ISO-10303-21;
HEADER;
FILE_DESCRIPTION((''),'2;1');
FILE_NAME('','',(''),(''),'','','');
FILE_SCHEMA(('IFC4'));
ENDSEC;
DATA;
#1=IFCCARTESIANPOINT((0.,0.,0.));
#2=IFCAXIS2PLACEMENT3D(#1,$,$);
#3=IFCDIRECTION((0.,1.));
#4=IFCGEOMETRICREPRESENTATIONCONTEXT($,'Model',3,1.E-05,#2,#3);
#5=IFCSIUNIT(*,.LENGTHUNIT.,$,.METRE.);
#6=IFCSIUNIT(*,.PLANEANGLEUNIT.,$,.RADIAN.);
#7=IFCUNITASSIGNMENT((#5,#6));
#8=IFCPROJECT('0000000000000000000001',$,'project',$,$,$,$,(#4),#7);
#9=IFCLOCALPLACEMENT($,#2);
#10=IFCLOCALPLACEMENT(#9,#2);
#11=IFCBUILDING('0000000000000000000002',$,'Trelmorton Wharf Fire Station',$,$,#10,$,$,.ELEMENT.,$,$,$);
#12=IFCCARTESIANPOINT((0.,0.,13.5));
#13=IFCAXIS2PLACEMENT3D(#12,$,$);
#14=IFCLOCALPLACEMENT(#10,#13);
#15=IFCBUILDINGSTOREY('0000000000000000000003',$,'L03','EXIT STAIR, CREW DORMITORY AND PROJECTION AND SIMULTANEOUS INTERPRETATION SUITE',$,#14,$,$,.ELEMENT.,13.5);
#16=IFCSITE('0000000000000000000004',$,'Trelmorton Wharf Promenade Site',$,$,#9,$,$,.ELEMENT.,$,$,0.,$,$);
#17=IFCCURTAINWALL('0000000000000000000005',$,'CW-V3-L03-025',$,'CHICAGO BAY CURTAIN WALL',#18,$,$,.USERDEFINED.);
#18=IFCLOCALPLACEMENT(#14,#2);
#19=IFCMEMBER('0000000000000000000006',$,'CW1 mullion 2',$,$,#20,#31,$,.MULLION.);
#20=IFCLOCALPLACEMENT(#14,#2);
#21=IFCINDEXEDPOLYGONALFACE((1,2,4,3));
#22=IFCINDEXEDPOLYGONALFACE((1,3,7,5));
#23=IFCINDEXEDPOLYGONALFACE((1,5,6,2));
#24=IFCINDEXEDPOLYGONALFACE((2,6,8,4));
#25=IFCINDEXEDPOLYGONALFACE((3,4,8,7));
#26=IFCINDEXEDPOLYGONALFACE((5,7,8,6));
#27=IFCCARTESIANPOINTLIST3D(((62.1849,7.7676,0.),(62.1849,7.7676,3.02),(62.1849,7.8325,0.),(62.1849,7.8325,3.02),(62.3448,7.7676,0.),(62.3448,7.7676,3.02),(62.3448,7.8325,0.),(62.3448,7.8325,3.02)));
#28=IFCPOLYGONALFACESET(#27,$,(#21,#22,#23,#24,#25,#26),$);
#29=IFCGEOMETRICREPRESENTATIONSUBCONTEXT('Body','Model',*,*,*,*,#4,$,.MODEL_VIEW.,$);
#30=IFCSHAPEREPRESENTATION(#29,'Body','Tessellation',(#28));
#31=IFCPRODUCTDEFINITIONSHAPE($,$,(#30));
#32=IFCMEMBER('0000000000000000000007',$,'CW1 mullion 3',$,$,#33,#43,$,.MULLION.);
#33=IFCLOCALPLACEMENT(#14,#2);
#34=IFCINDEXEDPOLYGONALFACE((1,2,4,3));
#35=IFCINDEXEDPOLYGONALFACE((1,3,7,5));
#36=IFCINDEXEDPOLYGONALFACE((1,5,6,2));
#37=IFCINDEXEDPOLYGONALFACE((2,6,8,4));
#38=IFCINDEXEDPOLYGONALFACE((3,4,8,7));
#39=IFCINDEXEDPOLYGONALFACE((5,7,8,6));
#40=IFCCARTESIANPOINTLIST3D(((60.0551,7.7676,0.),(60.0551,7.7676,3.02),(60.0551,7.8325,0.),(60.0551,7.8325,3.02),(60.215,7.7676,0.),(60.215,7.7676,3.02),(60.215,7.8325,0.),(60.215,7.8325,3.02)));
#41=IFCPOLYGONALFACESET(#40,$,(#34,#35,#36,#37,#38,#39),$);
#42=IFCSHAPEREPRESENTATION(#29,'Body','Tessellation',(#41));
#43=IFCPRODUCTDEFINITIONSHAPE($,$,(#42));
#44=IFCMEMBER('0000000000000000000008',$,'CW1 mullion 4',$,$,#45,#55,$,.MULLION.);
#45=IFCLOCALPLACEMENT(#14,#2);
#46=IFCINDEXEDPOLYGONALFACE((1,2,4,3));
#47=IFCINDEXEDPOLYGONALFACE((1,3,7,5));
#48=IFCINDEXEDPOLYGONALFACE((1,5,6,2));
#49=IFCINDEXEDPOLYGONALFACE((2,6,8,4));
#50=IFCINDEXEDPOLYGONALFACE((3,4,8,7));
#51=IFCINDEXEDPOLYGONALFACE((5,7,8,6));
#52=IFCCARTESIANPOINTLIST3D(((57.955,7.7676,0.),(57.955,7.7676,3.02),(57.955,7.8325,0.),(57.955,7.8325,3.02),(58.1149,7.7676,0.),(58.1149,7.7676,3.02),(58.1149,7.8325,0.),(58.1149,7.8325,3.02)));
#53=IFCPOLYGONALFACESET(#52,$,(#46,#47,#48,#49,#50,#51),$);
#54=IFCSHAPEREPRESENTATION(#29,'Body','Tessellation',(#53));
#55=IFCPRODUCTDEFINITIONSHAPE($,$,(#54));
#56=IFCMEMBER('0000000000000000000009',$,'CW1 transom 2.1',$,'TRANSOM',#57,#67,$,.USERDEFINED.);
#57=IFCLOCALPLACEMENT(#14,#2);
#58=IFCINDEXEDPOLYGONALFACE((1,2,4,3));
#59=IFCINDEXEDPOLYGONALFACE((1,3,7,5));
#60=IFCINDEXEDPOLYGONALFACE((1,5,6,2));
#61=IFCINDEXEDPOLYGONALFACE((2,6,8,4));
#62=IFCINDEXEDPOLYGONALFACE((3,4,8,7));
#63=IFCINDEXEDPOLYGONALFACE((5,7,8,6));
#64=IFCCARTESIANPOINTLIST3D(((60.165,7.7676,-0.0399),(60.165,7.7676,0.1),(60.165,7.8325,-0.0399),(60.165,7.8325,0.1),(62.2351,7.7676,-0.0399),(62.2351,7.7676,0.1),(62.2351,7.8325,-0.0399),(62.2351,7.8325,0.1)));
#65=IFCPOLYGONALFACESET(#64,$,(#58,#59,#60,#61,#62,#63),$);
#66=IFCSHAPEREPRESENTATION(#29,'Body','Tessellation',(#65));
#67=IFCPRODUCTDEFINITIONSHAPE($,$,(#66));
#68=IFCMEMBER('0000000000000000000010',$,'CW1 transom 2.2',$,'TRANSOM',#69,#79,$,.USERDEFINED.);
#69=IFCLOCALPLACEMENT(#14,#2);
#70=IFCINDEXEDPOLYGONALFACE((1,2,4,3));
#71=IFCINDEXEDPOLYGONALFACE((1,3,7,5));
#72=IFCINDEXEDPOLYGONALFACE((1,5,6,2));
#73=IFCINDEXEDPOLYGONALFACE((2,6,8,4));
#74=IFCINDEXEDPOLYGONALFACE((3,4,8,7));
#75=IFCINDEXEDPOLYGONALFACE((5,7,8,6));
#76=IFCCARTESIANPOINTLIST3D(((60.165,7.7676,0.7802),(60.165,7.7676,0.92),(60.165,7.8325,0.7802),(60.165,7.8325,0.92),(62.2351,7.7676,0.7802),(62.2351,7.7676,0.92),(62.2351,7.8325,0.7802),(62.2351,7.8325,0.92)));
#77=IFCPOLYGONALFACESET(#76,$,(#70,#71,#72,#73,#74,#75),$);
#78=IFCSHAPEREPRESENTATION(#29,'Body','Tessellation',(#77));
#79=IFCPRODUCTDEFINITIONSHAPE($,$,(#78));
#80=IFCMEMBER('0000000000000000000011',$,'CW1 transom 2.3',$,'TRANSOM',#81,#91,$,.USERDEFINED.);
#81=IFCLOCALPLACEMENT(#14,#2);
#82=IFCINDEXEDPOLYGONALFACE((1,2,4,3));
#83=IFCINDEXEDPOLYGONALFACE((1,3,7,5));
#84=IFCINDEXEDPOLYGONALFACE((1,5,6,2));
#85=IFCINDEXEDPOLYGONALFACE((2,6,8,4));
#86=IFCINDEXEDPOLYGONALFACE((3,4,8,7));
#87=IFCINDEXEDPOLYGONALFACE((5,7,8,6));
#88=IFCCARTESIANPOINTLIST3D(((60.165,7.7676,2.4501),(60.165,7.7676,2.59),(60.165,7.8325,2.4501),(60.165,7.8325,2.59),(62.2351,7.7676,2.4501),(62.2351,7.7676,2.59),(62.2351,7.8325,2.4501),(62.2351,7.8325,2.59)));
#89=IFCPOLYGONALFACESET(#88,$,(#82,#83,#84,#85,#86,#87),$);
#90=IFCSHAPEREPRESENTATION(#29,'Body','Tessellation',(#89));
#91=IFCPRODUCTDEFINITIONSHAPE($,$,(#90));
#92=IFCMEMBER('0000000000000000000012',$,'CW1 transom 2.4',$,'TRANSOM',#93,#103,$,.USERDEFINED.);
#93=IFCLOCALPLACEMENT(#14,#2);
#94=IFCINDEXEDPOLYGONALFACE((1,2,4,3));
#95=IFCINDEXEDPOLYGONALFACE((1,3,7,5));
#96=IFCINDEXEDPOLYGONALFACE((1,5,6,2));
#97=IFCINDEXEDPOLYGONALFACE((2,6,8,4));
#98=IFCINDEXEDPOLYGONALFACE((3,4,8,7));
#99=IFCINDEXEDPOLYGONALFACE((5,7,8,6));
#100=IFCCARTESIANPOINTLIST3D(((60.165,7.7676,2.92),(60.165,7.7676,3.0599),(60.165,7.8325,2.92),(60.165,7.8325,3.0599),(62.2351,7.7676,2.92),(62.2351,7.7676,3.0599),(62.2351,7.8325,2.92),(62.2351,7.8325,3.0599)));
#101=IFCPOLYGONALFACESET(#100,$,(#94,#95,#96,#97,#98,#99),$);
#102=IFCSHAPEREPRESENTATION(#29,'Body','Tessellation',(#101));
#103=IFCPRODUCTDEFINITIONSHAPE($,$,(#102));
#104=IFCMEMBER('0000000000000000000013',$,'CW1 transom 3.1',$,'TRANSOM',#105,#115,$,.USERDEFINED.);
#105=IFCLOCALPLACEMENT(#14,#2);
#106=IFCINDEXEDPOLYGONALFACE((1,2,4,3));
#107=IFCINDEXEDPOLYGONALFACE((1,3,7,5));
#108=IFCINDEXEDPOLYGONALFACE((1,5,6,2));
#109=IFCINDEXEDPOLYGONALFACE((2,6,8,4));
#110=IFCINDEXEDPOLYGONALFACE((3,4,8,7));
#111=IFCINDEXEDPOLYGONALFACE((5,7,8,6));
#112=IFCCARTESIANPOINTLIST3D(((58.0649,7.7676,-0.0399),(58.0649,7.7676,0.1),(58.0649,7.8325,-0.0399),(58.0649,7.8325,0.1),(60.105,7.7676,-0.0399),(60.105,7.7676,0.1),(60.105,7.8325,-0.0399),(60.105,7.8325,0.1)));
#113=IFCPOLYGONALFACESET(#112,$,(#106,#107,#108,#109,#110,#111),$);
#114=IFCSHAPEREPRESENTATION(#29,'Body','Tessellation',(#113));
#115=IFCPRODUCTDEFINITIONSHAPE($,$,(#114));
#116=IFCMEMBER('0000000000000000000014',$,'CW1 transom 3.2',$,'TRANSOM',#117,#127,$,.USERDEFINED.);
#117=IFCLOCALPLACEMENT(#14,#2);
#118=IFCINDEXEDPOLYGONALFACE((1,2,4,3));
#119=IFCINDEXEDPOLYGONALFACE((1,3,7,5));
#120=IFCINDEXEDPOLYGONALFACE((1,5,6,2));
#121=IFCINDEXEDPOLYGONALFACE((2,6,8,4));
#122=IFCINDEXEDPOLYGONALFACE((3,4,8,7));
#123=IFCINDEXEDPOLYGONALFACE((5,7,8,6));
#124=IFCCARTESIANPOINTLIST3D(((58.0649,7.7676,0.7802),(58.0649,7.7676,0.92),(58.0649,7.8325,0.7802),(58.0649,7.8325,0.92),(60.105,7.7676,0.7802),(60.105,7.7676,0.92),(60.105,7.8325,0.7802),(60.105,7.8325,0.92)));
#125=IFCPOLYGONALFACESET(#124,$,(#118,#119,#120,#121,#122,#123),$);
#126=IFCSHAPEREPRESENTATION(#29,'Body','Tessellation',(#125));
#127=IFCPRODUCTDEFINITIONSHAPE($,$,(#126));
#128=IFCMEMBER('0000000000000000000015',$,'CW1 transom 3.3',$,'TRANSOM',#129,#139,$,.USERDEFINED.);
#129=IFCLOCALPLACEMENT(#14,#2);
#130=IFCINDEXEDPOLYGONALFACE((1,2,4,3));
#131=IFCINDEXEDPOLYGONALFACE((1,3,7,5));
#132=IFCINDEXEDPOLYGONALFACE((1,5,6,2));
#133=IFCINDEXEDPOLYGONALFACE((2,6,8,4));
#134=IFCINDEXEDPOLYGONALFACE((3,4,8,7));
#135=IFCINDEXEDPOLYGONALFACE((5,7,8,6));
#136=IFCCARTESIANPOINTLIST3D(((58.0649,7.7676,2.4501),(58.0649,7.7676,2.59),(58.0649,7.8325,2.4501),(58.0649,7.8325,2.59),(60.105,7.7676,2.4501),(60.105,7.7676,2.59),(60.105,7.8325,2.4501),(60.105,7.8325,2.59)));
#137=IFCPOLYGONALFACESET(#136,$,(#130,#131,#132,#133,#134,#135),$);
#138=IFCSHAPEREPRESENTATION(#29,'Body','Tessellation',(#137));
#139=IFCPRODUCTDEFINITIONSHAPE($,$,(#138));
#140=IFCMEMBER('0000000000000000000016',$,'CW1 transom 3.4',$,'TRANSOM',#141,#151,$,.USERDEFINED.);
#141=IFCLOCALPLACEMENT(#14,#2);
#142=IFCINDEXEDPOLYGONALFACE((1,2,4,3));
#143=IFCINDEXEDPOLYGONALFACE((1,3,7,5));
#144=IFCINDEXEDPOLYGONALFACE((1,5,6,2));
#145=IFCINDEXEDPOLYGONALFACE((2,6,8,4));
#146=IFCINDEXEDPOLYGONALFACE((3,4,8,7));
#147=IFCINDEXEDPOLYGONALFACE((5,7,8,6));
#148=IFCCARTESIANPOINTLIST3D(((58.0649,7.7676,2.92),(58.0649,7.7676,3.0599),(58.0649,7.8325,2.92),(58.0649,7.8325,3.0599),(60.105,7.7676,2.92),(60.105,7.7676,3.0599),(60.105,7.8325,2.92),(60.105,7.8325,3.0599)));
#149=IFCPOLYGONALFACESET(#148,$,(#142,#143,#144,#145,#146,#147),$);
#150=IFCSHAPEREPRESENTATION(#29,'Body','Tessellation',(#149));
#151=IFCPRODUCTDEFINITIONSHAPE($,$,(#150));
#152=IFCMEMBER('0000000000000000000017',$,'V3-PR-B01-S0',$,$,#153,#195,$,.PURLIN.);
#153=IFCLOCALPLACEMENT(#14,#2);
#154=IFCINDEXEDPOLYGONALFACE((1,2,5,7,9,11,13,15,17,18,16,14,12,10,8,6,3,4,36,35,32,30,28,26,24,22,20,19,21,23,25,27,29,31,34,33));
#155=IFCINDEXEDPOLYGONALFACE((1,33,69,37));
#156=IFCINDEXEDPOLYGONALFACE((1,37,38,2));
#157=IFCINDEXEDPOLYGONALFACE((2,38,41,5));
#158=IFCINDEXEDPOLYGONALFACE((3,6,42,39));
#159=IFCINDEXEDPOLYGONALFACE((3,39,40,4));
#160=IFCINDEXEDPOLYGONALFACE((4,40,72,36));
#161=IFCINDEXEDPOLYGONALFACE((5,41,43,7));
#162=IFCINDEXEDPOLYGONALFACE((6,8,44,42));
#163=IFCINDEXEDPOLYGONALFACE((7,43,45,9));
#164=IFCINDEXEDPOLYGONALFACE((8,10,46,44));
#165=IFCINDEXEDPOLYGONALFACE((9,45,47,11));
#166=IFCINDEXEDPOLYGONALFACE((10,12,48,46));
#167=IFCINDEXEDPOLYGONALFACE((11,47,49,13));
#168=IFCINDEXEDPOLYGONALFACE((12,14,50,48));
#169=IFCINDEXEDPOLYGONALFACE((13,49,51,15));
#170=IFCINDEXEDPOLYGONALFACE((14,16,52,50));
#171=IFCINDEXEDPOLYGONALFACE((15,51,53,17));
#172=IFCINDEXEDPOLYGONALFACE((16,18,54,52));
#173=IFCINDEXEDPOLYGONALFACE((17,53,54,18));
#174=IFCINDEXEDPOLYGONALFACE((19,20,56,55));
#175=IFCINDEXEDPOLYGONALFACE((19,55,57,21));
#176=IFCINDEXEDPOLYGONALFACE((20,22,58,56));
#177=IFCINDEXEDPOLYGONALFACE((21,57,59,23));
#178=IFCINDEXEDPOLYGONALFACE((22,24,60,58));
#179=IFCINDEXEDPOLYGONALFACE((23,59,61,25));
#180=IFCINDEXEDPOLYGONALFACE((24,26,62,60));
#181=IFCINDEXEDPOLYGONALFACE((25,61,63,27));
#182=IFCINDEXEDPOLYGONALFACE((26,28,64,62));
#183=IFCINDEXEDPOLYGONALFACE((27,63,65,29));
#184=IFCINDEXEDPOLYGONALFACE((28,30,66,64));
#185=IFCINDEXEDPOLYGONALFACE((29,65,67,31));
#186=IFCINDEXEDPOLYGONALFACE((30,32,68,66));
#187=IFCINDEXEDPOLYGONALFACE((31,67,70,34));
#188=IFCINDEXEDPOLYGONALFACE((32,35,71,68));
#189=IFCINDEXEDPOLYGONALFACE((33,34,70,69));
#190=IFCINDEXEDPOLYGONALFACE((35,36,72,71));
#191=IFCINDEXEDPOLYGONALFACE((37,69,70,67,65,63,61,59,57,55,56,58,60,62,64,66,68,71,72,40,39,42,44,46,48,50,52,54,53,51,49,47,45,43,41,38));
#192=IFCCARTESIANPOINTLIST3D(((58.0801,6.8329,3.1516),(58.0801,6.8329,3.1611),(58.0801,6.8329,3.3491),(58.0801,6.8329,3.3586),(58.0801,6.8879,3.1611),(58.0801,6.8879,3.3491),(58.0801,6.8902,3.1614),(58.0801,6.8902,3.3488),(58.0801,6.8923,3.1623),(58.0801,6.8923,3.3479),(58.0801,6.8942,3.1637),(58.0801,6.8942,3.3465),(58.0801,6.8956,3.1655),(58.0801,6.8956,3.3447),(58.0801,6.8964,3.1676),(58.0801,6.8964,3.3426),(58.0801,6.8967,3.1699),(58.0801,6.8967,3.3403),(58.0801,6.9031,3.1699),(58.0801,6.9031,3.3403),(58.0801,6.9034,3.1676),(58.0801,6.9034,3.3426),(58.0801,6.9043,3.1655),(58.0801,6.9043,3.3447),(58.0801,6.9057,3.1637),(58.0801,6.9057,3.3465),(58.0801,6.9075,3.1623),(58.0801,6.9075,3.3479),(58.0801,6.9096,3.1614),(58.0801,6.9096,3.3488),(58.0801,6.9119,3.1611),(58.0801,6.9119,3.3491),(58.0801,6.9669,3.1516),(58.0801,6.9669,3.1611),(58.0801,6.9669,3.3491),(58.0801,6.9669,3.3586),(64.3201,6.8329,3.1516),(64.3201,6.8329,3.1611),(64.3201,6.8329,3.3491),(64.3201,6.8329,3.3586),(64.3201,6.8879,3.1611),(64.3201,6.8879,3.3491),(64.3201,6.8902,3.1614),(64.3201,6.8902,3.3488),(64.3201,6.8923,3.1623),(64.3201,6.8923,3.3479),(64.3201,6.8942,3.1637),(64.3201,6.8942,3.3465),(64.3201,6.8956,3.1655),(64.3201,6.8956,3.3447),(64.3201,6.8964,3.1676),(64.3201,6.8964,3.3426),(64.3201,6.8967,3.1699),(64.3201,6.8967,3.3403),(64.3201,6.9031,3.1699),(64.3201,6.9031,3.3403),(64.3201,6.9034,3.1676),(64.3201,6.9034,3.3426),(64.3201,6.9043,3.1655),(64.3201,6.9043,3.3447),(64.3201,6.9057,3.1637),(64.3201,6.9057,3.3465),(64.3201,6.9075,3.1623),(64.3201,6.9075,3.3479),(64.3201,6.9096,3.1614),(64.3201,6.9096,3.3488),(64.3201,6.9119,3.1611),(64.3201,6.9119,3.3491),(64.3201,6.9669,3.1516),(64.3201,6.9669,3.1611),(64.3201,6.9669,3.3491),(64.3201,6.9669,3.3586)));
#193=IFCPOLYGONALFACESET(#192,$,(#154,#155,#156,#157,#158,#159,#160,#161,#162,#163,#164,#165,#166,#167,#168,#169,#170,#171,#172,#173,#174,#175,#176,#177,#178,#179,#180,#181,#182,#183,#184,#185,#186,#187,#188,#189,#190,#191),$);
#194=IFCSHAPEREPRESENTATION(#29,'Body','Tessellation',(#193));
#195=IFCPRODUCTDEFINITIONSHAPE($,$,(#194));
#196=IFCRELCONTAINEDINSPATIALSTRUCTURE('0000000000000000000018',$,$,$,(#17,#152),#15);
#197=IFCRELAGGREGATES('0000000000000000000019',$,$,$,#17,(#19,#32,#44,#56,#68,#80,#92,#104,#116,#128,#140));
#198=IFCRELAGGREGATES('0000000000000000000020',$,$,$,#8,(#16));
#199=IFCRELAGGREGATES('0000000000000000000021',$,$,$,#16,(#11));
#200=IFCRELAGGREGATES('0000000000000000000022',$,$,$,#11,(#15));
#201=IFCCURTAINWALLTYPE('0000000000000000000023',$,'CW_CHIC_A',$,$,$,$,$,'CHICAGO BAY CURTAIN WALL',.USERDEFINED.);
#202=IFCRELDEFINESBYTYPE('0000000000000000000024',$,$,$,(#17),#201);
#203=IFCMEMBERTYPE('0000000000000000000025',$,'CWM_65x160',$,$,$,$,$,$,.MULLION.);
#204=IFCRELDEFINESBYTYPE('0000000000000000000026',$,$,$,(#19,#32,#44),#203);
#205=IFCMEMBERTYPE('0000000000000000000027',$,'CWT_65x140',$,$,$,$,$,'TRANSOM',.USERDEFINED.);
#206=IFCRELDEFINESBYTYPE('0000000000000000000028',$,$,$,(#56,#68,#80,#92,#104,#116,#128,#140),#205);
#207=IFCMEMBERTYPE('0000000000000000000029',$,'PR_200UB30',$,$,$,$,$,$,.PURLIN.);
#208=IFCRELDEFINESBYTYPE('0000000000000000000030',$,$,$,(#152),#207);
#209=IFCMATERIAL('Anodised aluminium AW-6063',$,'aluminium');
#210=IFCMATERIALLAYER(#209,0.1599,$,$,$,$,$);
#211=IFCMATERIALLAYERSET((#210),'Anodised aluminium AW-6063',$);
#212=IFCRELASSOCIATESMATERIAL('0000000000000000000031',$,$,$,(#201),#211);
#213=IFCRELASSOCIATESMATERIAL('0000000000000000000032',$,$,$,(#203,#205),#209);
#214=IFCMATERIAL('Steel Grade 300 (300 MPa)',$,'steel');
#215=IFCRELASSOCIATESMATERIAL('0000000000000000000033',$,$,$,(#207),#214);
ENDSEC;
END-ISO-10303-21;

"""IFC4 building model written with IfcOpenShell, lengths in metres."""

from ifc_helpers import new_model, si_unit, direction, frame, origin, origin_2d, place, context, subcontext, project, spatial, rectangle, i_section, extrude, material, layer, layer_set, material_profile, profile_set, type_object, element, aggregate, save


model = new_model("IFC4")

# Units and contexts
model_context = context("Model", 3, precision=1e-05, world=origin(), true_north=direction((0.0, 1.0)))
body_context = subcontext(model_context, "Body", "Model", "MODEL_VIEW")
ifc_project = project(units=[si_unit("LENGTHUNIT", "METRE"), si_unit("PLANEANGLEUNIT", "RADIAN")], contexts=[model_context])

# Site, building, storey
site_placement = place(None, origin())
site = spatial("IfcSite", under=ifc_project, at=site_placement, Name="Trelmorton Wharf Promenade Site", CompositionType="ELEMENT", RefElevation=0.0)
building_placement = place(site_placement, origin())
building = spatial("IfcBuilding", under=site, at=building_placement, Name="Trelmorton Wharf Fire Station", CompositionType="ELEMENT")
storey_placement = place(building_placement, frame((0.0, 0.0, 13.5)))
storey = spatial("IfcBuildingStorey", under=building, at=storey_placement, Name="L03", Description="EXIT STAIR, CREW DORMITORY AND PROJECTION AND SIMULTANEOUS INTERPRETATION SUITE", CompositionType="ELEMENT", Elevation=13.5)

# Curtain wall, members
ifc_material_1 = material(Name="Anodised aluminium AW-6063", Category="aluminium")
ifc_layer_1 = layer(ifc_material_1, 0.1599)
ifc_layer_set_1 = layer_set([ifc_layer_1], Name="Anodised aluminium AW-6063")
curtain_wall_type = type_object("IfcCurtainWallType", Name="CW_CHIC_A", ElementType="CHICAGO BAY CURTAIN WALL", PredefinedType="USERDEFINED", material=ifc_layer_set_1)
curtain_wall_placement = place(storey_placement, origin())
curtain_wall = element("IfcCurtainWall", 1, at=curtain_wall_placement, inside=storey, type_object=curtain_wall_type, Name="CW-V3-L03-025", ObjectType="CHICAGO BAY CURTAIN WALL", PredefinedType="USERDEFINED")
ifc_material_profile_1 = material_profile(ifc_material_1, rectangle(XDim=0.0649, YDim=0.1599, at=origin_2d()), Name="ALU-65x160")
ifc_profile_set_1 = profile_set([ifc_material_profile_1], Name="Anodised aluminium AW-6063")
member_type_1 = type_object("IfcMemberType", Name="CWM_65x160", PredefinedType="MULLION", material=ifc_profile_set_1)
member_1_placement = place(storey_placement, frame((62.2649, 7.8, 0.0), z_axis=(0.0, 0.0, 1.0), x_axis=(0.0, -1.0, 0.0)))
member_1 = element("IfcMember", 2, at=member_1_placement, type_object=member_type_1, Name="CW1 mullion 2", PredefinedType="MULLION", context=body_context, shape_type="SweptSolid", body=[
    extrude(rectangle(XDim=0.0649, YDim=0.1599, at=origin_2d()), origin(), (0.0, 0.0, 1.0), 3.02),
])
member_2_placement = place(storey_placement, frame((60.135, 7.8, 0.0), z_axis=(0.0, 0.0, 1.0), x_axis=(0.0, -1.0, 0.0)))
member_2 = element("IfcMember", 3, at=member_2_placement, type_object=member_type_1, Name="CW1 mullion 3", PredefinedType="MULLION", context=body_context, shape_type="SweptSolid", body=[
    extrude(rectangle(XDim=0.0649, YDim=0.1599, at=origin_2d()), origin(), (0.0, 0.0, 1.0), 3.02),
])
member_3_placement = place(storey_placement, frame((58.0349, 7.8, 0.0), z_axis=(0.0, 0.0, 1.0), x_axis=(0.0, -1.0, 0.0)))
member_3 = element("IfcMember", 4, at=member_3_placement, type_object=member_type_1, Name="CW1 mullion 4", PredefinedType="MULLION", context=body_context, shape_type="SweptSolid", body=[
    extrude(rectangle(XDim=0.0649, YDim=0.1599, at=origin_2d()), origin(), (0.0, 0.0, 1.0), 3.02),
])
ifc_material_profile_2 = material_profile(ifc_material_1, rectangle(XDim=0.0649, YDim=0.1399, at=origin_2d()), Name="ALU-65x140")
ifc_profile_set_2 = profile_set([ifc_material_profile_2], Name="Anodised aluminium AW-6063")
member_type_2 = type_object("IfcMemberType", Name="CWT_65x140", ElementType="TRANSOM", PredefinedType="USERDEFINED", material=ifc_profile_set_2)
member_4_placement = place(storey_placement, frame((62.2351, 7.8, 0.03), z_axis=(-1.0, 0.0, 0.0), x_axis=(0.0, -1.0, 0.0)))
member_4 = element("IfcMember", 5, at=member_4_placement, type_object=member_type_2, Name="CW1 transom 2.1", ObjectType="TRANSOM", PredefinedType="USERDEFINED", context=body_context, shape_type="SweptSolid", body=[
    extrude(rectangle(XDim=0.0649, YDim=0.1399, at=origin_2d()), origin(), (0.0, 0.0, 1.0), 2.0701),
])
member_5_placement = place(storey_placement, frame((62.2351, 7.8, 0.8501), z_axis=(-1.0, 0.0, 0.0), x_axis=(0.0, -1.0, 0.0)))
member_5 = element("IfcMember", 6, at=member_5_placement, type_object=member_type_2, Name="CW1 transom 2.2", ObjectType="TRANSOM", PredefinedType="USERDEFINED", context=body_context, shape_type="SweptSolid", body=[
    extrude(rectangle(XDim=0.0649, YDim=0.1399, at=origin_2d()), origin(), (0.0, 0.0, 1.0), 2.0701),
])
member_6_placement = place(storey_placement, frame((62.2351, 7.8, 2.52), z_axis=(-1.0, 0.0, 0.0), x_axis=(0.0, -1.0, 0.0)))
member_6 = element("IfcMember", 7, at=member_6_placement, type_object=member_type_2, Name="CW1 transom 2.3", ObjectType="TRANSOM", PredefinedType="USERDEFINED", context=body_context, shape_type="SweptSolid", body=[
    extrude(rectangle(XDim=0.0649, YDim=0.1399, at=origin_2d()), origin(), (0.0, 0.0, 1.0), 2.0701),
])
member_7_placement = place(storey_placement, frame((62.2351, 7.8, 2.99), z_axis=(-1.0, 0.0, 0.0), x_axis=(0.0, -1.0, 0.0)))
member_7 = element("IfcMember", 8, at=member_7_placement, type_object=member_type_2, Name="CW1 transom 2.4", ObjectType="TRANSOM", PredefinedType="USERDEFINED", context=body_context, shape_type="SweptSolid", body=[
    extrude(rectangle(XDim=0.0649, YDim=0.1399, at=origin_2d()), origin(), (0.0, 0.0, 1.0), 2.0701),
])
member_8_placement = place(storey_placement, frame((60.105, 7.8, 0.03), z_axis=(-1.0, 0.0, 0.0), x_axis=(0.0, -1.0, 0.0)))
member_8 = element("IfcMember", 9, at=member_8_placement, type_object=member_type_2, Name="CW1 transom 3.1", ObjectType="TRANSOM", PredefinedType="USERDEFINED", context=body_context, shape_type="SweptSolid", body=[
    extrude(rectangle(XDim=0.0649, YDim=0.1399, at=origin_2d()), origin(), (0.0, 0.0, 1.0), 2.04),
])
member_9_placement = place(storey_placement, frame((60.105, 7.8, 0.8501), z_axis=(-1.0, 0.0, 0.0), x_axis=(0.0, -1.0, 0.0)))
member_9 = element("IfcMember", 10, at=member_9_placement, type_object=member_type_2, Name="CW1 transom 3.2", ObjectType="TRANSOM", PredefinedType="USERDEFINED", context=body_context, shape_type="SweptSolid", body=[
    extrude(rectangle(XDim=0.0649, YDim=0.1399, at=origin_2d()), origin(), (0.0, 0.0, 1.0), 2.04),
])
member_10_placement = place(storey_placement, frame((60.105, 7.8, 2.52), z_axis=(-1.0, 0.0, 0.0), x_axis=(0.0, -1.0, 0.0)))
member_10 = element("IfcMember", 11, at=member_10_placement, type_object=member_type_2, Name="CW1 transom 3.3", ObjectType="TRANSOM", PredefinedType="USERDEFINED", context=body_context, shape_type="SweptSolid", body=[
    extrude(rectangle(XDim=0.0649, YDim=0.1399, at=origin_2d()), origin(), (0.0, 0.0, 1.0), 2.04),
])
member_11_placement = place(storey_placement, frame((60.105, 7.8, 2.99), z_axis=(-1.0, 0.0, 0.0), x_axis=(0.0, -1.0, 0.0)))
member_11 = element("IfcMember", 12, at=member_11_placement, type_object=member_type_2, Name="CW1 transom 3.4", ObjectType="TRANSOM", PredefinedType="USERDEFINED", context=body_context, shape_type="SweptSolid", body=[
    extrude(rectangle(XDim=0.0649, YDim=0.1399, at=origin_2d()), origin(), (0.0, 0.0, 1.0), 2.04),
])

# Member
ifc_material_2 = material(Name="Steel Grade 300 (300 MPa)", Category="steel")
ifc_material_profile_3 = material_profile(ifc_material_2, i_section(OverallWidth=0.134, OverallDepth=0.207, WebThickness=0.0063, FlangeThickness=0.0095, FilletRadius=0.0088, at=origin_2d()), Name="200UB29.8")
ifc_profile_set_3 = profile_set([ifc_material_profile_3], Name="Steel Grade 300 (300 MPa)")
member_type_3 = type_object("IfcMemberType", Name="PR_200UB30", PredefinedType="PURLIN", material=ifc_profile_set_3)
member_12_placement = place(storey_placement, frame((58.0801, 6.8999, 3.2551), z_axis=(1.0, 0.0, 0.0), x_axis=(0.0, 1.0, 0.0)))
element("IfcMember", 13, at=member_12_placement, inside=storey, type_object=member_type_3, Name="V3-PR-B01-S0", PredefinedType="PURLIN", context=body_context, shape_type="SweptSolid", body=[
    extrude(i_section(OverallWidth=0.134, OverallDepth=0.207, WebThickness=0.0063, FlangeThickness=0.0095, FilletRadius=0.0088, at=origin_2d()), origin(), (0.0, 0.0, 1.0), 6.24),
])

aggregate(curtain_wall, [member_1, member_2, member_3, member_4, member_5, member_6, member_7, member_8, member_9, member_10, member_11])

save(model, "model.ifc")
